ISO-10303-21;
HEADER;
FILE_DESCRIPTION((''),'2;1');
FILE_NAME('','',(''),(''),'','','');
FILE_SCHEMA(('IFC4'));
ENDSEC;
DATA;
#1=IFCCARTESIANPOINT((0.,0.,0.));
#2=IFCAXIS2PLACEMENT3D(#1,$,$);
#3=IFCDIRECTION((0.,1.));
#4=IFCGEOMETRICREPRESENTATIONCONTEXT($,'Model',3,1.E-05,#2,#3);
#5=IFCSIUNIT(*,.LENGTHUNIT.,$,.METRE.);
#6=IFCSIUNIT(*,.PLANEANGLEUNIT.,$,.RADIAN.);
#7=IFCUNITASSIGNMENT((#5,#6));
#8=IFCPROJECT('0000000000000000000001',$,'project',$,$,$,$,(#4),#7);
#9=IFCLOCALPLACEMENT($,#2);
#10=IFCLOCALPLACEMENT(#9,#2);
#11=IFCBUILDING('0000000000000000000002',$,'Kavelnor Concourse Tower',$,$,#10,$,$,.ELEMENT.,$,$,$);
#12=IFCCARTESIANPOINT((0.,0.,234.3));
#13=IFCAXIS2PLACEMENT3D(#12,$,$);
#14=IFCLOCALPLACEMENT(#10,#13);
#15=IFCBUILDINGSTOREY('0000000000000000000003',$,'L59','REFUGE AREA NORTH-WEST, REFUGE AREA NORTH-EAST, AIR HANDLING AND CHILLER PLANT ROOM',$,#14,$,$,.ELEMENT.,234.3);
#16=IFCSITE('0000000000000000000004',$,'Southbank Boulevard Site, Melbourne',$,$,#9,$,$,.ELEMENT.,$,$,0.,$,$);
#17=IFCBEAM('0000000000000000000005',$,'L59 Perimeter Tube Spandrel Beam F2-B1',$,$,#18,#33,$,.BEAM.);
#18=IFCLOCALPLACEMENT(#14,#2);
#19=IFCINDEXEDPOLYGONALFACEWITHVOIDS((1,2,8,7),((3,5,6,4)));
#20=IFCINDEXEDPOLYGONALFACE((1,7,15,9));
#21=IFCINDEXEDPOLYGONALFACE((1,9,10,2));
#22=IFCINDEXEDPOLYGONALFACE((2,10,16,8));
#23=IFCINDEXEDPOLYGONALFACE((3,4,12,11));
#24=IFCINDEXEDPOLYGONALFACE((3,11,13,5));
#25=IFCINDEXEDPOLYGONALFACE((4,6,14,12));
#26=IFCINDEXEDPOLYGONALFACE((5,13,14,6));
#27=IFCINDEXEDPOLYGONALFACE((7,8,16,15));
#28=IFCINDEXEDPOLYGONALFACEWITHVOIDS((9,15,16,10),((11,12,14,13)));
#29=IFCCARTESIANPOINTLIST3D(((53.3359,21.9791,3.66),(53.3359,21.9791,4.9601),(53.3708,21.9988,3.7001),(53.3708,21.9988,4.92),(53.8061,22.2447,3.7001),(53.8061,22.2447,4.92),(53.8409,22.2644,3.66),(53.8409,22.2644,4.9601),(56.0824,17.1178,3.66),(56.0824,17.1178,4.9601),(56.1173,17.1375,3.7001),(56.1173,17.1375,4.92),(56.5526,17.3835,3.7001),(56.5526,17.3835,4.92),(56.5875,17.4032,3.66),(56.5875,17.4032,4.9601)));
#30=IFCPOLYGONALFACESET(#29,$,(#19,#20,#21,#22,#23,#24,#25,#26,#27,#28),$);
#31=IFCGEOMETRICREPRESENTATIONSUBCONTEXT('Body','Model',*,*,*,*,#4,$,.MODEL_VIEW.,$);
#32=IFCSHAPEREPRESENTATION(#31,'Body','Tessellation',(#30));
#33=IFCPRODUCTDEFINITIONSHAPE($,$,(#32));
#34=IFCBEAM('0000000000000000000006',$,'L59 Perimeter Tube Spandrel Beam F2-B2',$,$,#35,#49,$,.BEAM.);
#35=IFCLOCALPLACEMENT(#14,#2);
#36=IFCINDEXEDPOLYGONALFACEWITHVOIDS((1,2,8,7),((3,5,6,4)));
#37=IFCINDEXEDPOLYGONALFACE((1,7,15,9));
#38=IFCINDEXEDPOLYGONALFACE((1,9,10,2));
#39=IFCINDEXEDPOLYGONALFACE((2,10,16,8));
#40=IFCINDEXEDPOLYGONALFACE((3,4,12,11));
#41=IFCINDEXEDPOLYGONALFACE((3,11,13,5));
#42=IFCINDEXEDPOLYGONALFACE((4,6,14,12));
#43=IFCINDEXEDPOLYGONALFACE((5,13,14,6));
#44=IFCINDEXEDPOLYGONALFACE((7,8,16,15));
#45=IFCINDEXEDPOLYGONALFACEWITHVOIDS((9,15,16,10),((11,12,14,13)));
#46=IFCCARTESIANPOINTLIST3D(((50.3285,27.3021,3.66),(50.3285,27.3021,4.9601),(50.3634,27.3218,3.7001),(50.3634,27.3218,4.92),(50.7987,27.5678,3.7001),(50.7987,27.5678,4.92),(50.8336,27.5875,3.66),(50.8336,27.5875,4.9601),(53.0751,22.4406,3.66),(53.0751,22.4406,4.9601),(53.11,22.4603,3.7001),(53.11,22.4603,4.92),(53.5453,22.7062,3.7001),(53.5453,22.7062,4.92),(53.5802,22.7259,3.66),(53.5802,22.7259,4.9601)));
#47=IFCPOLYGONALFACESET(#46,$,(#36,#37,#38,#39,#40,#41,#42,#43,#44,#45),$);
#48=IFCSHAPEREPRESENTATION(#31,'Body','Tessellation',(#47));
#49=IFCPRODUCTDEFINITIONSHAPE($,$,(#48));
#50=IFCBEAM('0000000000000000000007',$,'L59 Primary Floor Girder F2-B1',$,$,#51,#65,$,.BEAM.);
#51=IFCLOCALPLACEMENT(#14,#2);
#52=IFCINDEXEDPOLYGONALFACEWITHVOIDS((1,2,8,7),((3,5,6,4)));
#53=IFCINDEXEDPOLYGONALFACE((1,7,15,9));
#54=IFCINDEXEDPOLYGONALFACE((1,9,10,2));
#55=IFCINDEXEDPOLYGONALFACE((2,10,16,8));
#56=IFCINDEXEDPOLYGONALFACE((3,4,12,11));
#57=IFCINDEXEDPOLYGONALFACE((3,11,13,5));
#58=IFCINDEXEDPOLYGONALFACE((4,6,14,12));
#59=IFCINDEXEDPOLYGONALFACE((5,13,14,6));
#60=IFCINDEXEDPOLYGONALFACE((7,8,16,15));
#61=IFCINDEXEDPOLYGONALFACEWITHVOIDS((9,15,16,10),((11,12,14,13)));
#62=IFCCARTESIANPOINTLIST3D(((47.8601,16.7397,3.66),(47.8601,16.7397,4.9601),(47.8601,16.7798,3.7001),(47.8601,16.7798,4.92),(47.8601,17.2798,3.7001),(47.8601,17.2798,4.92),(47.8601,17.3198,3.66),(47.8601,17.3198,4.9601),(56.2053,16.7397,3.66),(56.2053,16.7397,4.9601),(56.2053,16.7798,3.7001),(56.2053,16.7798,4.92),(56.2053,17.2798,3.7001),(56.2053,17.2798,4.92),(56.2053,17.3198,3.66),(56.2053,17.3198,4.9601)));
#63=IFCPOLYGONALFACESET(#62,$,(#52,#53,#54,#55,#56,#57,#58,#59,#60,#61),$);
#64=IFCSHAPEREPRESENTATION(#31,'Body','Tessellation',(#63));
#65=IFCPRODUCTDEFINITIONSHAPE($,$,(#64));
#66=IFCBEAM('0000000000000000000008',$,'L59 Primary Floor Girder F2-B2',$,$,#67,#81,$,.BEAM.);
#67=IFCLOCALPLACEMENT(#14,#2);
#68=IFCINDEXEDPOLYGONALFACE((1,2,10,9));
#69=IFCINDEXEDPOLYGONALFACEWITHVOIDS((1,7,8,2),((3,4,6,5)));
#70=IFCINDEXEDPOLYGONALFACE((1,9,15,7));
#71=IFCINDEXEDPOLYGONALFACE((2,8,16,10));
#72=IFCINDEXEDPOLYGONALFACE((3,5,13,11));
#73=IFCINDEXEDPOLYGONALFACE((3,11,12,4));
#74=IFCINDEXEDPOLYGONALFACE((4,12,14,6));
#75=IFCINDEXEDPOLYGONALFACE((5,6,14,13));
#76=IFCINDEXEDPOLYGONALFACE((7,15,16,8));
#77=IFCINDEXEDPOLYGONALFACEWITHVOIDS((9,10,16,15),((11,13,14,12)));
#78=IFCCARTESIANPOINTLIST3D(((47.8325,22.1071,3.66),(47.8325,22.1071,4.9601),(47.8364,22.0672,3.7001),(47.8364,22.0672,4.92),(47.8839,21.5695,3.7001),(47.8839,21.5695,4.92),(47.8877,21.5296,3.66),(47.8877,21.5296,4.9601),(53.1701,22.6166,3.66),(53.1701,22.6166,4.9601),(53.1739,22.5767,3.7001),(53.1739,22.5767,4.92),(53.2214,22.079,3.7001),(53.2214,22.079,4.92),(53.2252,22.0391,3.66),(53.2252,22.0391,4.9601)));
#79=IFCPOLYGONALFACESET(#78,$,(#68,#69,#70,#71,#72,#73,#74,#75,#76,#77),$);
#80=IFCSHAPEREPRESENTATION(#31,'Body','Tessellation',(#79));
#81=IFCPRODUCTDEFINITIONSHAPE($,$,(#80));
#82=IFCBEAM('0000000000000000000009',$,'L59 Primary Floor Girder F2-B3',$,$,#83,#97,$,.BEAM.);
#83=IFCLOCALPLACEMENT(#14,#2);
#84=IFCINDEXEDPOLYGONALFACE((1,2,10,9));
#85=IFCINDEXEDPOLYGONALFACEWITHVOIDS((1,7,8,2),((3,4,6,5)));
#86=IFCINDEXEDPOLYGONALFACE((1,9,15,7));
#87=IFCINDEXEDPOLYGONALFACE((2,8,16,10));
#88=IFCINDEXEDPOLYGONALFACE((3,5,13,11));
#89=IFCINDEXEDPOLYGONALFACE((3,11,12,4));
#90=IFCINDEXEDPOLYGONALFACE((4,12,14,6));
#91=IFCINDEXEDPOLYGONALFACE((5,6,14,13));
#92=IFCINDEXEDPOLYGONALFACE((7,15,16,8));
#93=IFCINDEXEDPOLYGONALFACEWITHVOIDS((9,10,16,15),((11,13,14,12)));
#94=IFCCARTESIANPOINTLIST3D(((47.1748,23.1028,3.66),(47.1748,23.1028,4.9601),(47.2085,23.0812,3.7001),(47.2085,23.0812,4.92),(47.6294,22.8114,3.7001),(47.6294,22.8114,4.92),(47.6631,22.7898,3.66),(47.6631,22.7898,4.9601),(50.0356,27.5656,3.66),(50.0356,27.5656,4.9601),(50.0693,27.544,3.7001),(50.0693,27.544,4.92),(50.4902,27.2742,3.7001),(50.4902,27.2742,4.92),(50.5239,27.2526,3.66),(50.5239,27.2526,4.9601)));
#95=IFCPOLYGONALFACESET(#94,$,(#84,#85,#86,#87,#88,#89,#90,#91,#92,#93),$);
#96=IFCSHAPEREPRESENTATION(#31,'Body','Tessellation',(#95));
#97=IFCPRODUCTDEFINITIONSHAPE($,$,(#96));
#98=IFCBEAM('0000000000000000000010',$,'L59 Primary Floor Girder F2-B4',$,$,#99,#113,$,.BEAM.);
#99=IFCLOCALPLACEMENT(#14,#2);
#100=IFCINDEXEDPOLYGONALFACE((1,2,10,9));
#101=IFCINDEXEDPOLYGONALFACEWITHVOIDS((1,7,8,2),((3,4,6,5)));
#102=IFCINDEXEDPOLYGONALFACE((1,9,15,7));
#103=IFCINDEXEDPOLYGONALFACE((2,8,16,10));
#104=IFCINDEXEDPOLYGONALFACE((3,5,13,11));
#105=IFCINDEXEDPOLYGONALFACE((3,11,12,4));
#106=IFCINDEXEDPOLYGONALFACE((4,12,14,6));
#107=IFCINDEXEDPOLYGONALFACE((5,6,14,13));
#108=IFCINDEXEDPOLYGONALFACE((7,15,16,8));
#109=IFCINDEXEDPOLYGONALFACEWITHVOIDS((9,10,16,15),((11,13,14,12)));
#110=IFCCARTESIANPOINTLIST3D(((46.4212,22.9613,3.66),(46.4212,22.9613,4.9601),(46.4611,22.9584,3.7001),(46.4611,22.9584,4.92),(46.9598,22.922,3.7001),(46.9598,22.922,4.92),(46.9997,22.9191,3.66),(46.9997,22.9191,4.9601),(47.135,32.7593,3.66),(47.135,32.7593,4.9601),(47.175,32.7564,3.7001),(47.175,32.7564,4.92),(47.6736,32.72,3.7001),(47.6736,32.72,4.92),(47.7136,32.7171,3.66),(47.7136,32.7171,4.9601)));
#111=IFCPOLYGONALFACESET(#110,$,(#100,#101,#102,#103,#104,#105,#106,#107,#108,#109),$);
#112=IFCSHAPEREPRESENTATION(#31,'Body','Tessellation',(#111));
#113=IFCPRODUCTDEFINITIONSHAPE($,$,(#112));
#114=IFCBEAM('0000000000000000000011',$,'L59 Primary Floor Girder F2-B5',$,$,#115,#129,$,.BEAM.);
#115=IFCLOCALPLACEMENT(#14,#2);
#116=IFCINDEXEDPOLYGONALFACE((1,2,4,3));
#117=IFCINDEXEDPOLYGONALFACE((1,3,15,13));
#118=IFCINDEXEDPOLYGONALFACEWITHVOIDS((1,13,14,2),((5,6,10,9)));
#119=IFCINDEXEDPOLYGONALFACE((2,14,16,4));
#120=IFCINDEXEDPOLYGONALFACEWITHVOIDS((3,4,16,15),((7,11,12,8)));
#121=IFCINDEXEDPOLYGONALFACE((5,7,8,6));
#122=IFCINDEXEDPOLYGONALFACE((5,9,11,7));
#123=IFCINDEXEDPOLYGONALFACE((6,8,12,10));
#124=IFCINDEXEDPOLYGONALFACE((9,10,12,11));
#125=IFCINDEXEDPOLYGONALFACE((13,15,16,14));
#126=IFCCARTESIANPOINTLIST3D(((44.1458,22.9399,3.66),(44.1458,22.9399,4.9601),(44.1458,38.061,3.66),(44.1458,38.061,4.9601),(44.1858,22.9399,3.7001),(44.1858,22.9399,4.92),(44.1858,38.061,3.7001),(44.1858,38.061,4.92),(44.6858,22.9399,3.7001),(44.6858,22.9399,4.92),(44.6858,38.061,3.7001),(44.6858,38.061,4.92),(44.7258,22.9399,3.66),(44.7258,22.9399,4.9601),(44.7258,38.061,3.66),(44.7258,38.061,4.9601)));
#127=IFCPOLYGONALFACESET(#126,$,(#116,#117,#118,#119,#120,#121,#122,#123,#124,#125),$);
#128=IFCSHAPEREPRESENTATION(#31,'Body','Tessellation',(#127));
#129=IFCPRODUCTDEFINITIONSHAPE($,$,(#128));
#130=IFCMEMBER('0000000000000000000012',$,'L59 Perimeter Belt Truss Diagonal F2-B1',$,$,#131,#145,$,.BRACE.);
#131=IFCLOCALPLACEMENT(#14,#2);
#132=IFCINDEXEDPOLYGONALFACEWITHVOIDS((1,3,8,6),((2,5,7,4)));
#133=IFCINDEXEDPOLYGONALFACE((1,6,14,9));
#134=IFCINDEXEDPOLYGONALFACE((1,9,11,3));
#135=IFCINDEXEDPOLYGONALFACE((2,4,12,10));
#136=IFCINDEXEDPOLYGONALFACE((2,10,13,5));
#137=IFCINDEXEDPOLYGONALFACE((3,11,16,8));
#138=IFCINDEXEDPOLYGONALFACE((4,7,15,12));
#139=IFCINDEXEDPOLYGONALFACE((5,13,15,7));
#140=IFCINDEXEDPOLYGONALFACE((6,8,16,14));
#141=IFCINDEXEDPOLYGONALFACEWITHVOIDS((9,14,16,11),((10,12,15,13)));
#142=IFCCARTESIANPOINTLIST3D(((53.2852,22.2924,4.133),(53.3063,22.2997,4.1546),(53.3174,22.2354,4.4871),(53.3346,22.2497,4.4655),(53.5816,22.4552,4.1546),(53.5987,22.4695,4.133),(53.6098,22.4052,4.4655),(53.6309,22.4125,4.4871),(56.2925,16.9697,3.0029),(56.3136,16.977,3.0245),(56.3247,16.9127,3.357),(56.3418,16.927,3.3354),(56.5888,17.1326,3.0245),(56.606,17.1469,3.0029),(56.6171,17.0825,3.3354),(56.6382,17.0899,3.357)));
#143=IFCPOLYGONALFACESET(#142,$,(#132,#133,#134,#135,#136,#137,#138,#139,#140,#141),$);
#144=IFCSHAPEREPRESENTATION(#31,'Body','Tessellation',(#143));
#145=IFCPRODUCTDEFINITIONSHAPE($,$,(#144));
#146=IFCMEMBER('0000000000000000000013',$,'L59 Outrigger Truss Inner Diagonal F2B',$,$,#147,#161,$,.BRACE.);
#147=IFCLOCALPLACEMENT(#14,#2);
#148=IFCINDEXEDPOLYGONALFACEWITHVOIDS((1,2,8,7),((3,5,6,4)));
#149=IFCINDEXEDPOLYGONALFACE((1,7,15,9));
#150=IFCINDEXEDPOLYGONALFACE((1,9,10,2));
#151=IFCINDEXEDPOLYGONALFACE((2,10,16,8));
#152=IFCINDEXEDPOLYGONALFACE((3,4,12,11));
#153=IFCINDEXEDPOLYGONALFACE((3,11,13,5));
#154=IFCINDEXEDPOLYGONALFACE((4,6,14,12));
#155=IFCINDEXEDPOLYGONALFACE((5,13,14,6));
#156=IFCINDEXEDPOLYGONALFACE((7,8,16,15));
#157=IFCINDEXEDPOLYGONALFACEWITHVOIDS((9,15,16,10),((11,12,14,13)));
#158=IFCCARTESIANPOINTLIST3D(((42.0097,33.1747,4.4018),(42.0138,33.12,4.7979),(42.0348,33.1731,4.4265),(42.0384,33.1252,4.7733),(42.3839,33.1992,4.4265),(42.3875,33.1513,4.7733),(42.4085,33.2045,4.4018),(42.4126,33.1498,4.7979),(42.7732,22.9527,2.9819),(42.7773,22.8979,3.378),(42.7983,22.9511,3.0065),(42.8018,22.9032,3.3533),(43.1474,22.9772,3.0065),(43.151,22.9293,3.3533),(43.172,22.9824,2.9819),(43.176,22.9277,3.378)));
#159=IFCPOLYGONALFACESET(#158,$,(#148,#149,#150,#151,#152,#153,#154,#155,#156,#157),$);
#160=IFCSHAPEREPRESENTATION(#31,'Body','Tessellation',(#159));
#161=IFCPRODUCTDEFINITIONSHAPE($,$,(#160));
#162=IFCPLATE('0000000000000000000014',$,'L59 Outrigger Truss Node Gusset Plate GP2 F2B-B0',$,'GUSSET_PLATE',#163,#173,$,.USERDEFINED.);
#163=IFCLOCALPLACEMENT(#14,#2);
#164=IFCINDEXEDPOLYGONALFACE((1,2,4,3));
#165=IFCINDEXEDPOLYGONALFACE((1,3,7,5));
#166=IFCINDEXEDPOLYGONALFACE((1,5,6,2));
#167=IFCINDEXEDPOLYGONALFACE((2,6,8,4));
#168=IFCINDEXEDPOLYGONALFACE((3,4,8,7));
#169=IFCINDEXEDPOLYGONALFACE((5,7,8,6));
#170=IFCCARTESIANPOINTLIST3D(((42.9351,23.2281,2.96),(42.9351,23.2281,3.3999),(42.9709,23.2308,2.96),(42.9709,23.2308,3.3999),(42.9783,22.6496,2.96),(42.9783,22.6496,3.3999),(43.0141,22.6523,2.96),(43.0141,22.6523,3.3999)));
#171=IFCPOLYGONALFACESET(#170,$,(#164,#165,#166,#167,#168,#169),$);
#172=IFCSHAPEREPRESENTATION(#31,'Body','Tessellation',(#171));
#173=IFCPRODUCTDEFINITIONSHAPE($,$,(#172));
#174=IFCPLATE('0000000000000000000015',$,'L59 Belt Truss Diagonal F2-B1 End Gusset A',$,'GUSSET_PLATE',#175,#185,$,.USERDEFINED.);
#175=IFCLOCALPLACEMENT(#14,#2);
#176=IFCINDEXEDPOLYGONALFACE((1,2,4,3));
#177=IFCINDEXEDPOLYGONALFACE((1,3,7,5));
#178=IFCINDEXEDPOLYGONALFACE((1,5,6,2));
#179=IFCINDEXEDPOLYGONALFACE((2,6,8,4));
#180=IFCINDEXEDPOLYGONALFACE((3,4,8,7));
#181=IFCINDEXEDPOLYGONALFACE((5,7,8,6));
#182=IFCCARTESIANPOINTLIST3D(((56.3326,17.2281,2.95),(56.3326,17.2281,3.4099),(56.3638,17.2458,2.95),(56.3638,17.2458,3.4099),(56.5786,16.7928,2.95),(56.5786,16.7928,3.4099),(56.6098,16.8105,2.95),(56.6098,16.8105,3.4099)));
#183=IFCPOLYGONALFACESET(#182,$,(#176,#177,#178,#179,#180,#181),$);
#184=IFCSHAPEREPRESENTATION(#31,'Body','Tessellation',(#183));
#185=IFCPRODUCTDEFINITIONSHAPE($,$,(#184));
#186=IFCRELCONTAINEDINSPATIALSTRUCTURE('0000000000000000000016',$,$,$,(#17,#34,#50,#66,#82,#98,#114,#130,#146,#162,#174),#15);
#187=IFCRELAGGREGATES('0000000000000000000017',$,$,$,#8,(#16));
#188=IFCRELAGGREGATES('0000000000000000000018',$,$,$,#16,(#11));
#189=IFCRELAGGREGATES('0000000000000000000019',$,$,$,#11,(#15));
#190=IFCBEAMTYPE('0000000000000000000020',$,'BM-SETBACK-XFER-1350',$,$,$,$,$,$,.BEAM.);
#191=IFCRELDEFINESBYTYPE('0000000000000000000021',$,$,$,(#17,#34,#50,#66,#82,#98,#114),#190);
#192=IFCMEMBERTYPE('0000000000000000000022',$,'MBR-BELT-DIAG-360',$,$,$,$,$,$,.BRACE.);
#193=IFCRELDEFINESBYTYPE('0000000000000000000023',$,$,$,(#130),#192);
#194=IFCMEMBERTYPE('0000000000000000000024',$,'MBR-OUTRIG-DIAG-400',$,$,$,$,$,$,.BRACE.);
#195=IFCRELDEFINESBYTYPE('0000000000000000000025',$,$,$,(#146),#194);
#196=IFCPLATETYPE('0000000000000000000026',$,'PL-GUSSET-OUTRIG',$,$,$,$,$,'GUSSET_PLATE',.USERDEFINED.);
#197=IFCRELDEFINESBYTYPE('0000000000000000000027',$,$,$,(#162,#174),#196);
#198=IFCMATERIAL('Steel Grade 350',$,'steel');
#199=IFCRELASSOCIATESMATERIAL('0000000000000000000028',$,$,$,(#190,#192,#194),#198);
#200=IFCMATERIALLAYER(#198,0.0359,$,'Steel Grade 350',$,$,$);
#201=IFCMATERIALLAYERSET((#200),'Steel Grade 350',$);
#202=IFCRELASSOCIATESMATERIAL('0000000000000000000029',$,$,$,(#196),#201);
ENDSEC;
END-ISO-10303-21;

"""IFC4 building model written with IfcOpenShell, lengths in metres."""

from ifc_helpers import new_model, si_unit, direction, frame, origin, origin_2d, place, context, subcontext, project, spatial, rectangle, hollow_rectangle, extrude, material, layer, layer_set, material_profile, profile_set, type_object, element, save


model = new_model("IFC4")

# Units and contexts
model_context = context("Model", 3, precision=1e-05, world=origin(), true_north=direction((0.0, 1.0)))
body_context = subcontext(model_context, "Body", "Model", "MODEL_VIEW")
ifc_project = project(units=[si_unit("LENGTHUNIT", "METRE"), si_unit("PLANEANGLEUNIT", "RADIAN")], contexts=[model_context])

# Site, building, storey
site_placement = place(None, origin())
site = spatial("IfcSite", under=ifc_project, at=site_placement, Name="Southbank Boulevard Site, Melbourne", CompositionType="ELEMENT", RefElevation=0.0)
building_placement = place(site_placement, origin())
building = spatial("IfcBuilding", under=site, at=building_placement, Name="Kavelnor Concourse Tower", CompositionType="ELEMENT")
storey_placement = place(building_placement, frame((0.0, 0.0, 234.3)))
storey = spatial("IfcBuildingStorey", under=building, at=storey_placement, Name="L59", Description="REFUGE AREA NORTH-WEST, REFUGE AREA NORTH-EAST, AIR HANDLING AND CHILLER PLANT ROOM", CompositionType="ELEMENT", Elevation=234.3)

# Shared definitions
ifc_material_1 = material(Name="Steel Grade 350", Category="steel")

# Beams
ifc_material_profile_1 = material_profile(ifc_material_1, hollow_rectangle(XDim=0.5801, YDim=1.3, WallThickness=0.04, at=origin_2d()), Name="RHS 1300x580x40")
ifc_profile_set_1 = profile_set([ifc_material_profile_1], Name="Steel Grade 350")
beam_type_1 = type_object("IfcBeamType", Name="BM-SETBACK-XFER-1350", PredefinedType="BEAM", material=ifc_profile_set_1)
beam_1_placement = place(storey_placement, frame((56.335, 17.2605, 4.3101), z_axis=(-0.491905, 0.870649, 0.0), x_axis=(-0.870649, -0.491905, 0.0)))
element("IfcBeam", 1, at=beam_1_placement, inside=storey, type_object=beam_type_1, Name="L59 Perimeter Tube Spandrel Beam F2-B1", PredefinedType="BEAM", context=body_context, shape_type="SweptSolid", body=[
    extrude(hollow_rectangle(XDim=0.5801, YDim=1.3, WallThickness=0.04, at=origin_2d()), origin(), (0.0, 0.0, 1.0), 5.5835),
])
beam_2_placement = place(storey_placement, frame((53.3276, 22.5833, 4.3101), z_axis=(-0.491886, 0.87066, 0.0), x_axis=(-0.87066, -0.491886, 0.0)))
element("IfcBeam", 2, at=beam_2_placement, inside=storey, type_object=beam_type_1, Name="L59 Perimeter Tube Spandrel Beam F2-B2", PredefinedType="BEAM", context=body_context, shape_type="SweptSolid", body=[
    extrude(hollow_rectangle(XDim=0.5801, YDim=1.3, WallThickness=0.04, at=origin_2d()), origin(), (0.0, 0.0, 1.0), 5.5837),
])
beam_3_placement = place(storey_placement, frame((47.8601, 17.0298, 4.3101), z_axis=(1.0, 0.0, 0.0), x_axis=(0.0, 1.0, 0.0)))
element("IfcBeam", 3, at=beam_3_placement, inside=storey, type_object=beam_type_1, Name="L59 Primary Floor Girder F2-B1", PredefinedType="BEAM", context=body_context, shape_type="SweptSolid", body=[
    extrude(hollow_rectangle(XDim=0.5801, YDim=1.3, WallThickness=0.04, at=origin_2d()), origin(), (0.0, 0.0, 1.0), 8.3452),
])
beam_4_placement = place(storey_placement, frame((47.8601, 21.8184, 4.3101), z_axis=(0.995475, 0.095026, 0.0), x_axis=(-0.095026, 0.995475, 0.0)))
element("IfcBeam", 4, at=beam_4_placement, inside=storey, type_object=beam_type_1, Name="L59 Primary Floor Girder F2-B2", PredefinedType="BEAM", context=body_context, shape_type="SweptSolid", body=[
    extrude(hollow_rectangle(XDim=0.5801, YDim=1.3, WallThickness=0.04, at=origin_2d()), origin(), (0.0, 0.0, 1.0), 5.3618),
])
beam_5_placement = place(storey_placement, frame((47.4189, 22.9463, 4.3101), z_axis=(0.539668, 0.841878, 0.0), x_axis=(-0.841878, 0.539668, 0.0)))
element("IfcBeam", 5, at=beam_5_placement, inside=storey, type_object=beam_type_1, Name="L59 Primary Floor Girder F2-B3", PredefinedType="BEAM", context=body_context, shape_type="SweptSolid", body=[
    extrude(hollow_rectangle(XDim=0.5801, YDim=1.3, WallThickness=0.04, at=origin_2d()), origin(), (0.0, 0.0, 1.0), 5.301),
])
beam_6_placement = place(storey_placement, frame((46.7104, 22.9402, 4.3101), z_axis=(0.072665, 0.997356, 0.0), x_axis=(-0.997356, 0.072665, 0.0)))
element("IfcBeam", 6, at=beam_6_placement, inside=storey, type_object=beam_type_1, Name="L59 Primary Floor Girder F2-B4", PredefinedType="BEAM", context=body_context, shape_type="SweptSolid", body=[
    extrude(hollow_rectangle(XDim=0.5801, YDim=1.3, WallThickness=0.04, at=origin_2d()), origin(), (0.0, 0.0, 1.0), 9.824),
])
beam_7_placement = place(storey_placement, frame((44.4358, 22.9399, 4.3101), z_axis=(0.0, 1.0, 0.0), x_axis=(-1.0, 0.0, 0.0)))
element("IfcBeam", 7, at=beam_7_placement, inside=storey, type_object=beam_type_1, Name="L59 Primary Floor Girder F2-B5", PredefinedType="BEAM", context=body_context, shape_type="SweptSolid", body=[
    extrude(hollow_rectangle(XDim=0.5801, YDim=1.3, WallThickness=0.04, at=origin_2d()), origin(), (0.0, 0.0, 1.0), 15.1211),
])

# Members
ifc_material_profile_2 = material_profile(ifc_material_1, hollow_rectangle(XDim=0.3601, YDim=0.3601, WallThickness=0.022, at=origin_2d()), Name="SHS 360x360x22")
ifc_profile_set_2 = profile_set([ifc_material_profile_2], Name="Steel Grade 350")
member_type_1 = type_object("IfcMemberType", Name="MBR-BELT-DIAG-360", PredefinedType="BRACE", material=ifc_profile_set_2)
member_1_placement = place(storey_placement, frame((56.4653, 17.0298, 3.1799), z_axis=(-0.483715, 0.856141, 0.181776), x_axis=(-0.870646, -0.49191, 0.0)))
element("IfcMember", 8, at=member_1_placement, inside=storey, type_object=member_type_1, Name="L59 Perimeter Belt Truss Diagonal F2-B1", PredefinedType="BRACE", context=body_context, shape_type="SweptSolid", body=[
    extrude(hollow_rectangle(XDim=0.3601, YDim=0.3601, WallThickness=0.022, at=origin_2d()), origin(), (0.0, 0.0, 1.0), 6.217),
])
ifc_material_profile_3 = material_profile(ifc_material_1, hollow_rectangle(XDim=0.3999, YDim=0.3999, WallThickness=0.0249, at=origin_2d()), Name="SHS 400x400x25")
ifc_profile_set_3 = profile_set([ifc_material_profile_3], Name="Steel Grade 350")
member_type_2 = type_object("IfcMemberType", Name="MBR-OUTRIG-DIAG-400", PredefinedType="BRACE", material=ifc_profile_set_3)
member_2_placement = place(storey_placement, frame((42.9746, 22.9402, 3.1799), z_axis=(-0.073773, 0.98779, 0.137213), x_axis=(-0.997223, -0.074478, 0.0)))
element("IfcMember", 9, at=member_2_placement, inside=storey, type_object=member_type_2, Name="L59 Outrigger Truss Inner Diagonal F2B", PredefinedType="BRACE", context=body_context, shape_type="SweptSolid", body=[
    extrude(hollow_rectangle(XDim=0.3999, YDim=0.3999, WallThickness=0.0249, at=origin_2d()), origin(), (0.0, 0.0, 1.0), 10.3484),
])

# Plates
ifc_layer_1 = layer(ifc_material_1, 0.0359, Name="Steel Grade 350")
ifc_layer_set_1 = layer_set([ifc_layer_1], Name="Steel Grade 350")
plate_type_1 = type_object("IfcPlateType", Name="PL-GUSSET-OUTRIG", ElementType="GUSSET_PLATE", PredefinedType="USERDEFINED", material=ifc_layer_set_1)
plate_placement = place(storey_placement, frame((42.9746, 22.9402, 2.96), z_axis=(0.0, 0.0, 1.0), x_axis=(-0.074457, 0.997224, 0.0)))
element("IfcPlate", 10, at=plate_placement, inside=storey, type_object=plate_type_1, Name="L59 Outrigger Truss Node Gusset Plate GP2 F2B-B0", ObjectType="GUSSET_PLATE", PredefinedType="USERDEFINED", context=body_context, shape_type="SweptSolid", body=[
    extrude(rectangle(XDim=0.5801, YDim=0.0359, at=origin_2d()), origin(), (0.0, 0.0, 1.0), 0.4399),
])
for number, where, z_axis, x_axis, name in (
    (11, (56.4712, 17.0193, 2.95), (0.0, 0.0, 1.0), (-0.491968, 0.870613, 0.0), "L59 Belt Truss Diagonal F2-B1 End Gusset A"),
):
    element("IfcPlate", number, at=place(storey_placement, frame(where, z_axis=z_axis, x_axis=x_axis)), inside=storey, type_object=plate_type_1, Name=name, ObjectType="GUSSET_PLATE", PredefinedType="USERDEFINED", context=body_context, shape_type="SweptSolid", body=[
        extrude(rectangle(XDim=0.5, YDim=0.0359, at=origin_2d()), origin(), (0.0, 0.0, 1.0), 0.46),
    ])

save(model, "model.ifc")
